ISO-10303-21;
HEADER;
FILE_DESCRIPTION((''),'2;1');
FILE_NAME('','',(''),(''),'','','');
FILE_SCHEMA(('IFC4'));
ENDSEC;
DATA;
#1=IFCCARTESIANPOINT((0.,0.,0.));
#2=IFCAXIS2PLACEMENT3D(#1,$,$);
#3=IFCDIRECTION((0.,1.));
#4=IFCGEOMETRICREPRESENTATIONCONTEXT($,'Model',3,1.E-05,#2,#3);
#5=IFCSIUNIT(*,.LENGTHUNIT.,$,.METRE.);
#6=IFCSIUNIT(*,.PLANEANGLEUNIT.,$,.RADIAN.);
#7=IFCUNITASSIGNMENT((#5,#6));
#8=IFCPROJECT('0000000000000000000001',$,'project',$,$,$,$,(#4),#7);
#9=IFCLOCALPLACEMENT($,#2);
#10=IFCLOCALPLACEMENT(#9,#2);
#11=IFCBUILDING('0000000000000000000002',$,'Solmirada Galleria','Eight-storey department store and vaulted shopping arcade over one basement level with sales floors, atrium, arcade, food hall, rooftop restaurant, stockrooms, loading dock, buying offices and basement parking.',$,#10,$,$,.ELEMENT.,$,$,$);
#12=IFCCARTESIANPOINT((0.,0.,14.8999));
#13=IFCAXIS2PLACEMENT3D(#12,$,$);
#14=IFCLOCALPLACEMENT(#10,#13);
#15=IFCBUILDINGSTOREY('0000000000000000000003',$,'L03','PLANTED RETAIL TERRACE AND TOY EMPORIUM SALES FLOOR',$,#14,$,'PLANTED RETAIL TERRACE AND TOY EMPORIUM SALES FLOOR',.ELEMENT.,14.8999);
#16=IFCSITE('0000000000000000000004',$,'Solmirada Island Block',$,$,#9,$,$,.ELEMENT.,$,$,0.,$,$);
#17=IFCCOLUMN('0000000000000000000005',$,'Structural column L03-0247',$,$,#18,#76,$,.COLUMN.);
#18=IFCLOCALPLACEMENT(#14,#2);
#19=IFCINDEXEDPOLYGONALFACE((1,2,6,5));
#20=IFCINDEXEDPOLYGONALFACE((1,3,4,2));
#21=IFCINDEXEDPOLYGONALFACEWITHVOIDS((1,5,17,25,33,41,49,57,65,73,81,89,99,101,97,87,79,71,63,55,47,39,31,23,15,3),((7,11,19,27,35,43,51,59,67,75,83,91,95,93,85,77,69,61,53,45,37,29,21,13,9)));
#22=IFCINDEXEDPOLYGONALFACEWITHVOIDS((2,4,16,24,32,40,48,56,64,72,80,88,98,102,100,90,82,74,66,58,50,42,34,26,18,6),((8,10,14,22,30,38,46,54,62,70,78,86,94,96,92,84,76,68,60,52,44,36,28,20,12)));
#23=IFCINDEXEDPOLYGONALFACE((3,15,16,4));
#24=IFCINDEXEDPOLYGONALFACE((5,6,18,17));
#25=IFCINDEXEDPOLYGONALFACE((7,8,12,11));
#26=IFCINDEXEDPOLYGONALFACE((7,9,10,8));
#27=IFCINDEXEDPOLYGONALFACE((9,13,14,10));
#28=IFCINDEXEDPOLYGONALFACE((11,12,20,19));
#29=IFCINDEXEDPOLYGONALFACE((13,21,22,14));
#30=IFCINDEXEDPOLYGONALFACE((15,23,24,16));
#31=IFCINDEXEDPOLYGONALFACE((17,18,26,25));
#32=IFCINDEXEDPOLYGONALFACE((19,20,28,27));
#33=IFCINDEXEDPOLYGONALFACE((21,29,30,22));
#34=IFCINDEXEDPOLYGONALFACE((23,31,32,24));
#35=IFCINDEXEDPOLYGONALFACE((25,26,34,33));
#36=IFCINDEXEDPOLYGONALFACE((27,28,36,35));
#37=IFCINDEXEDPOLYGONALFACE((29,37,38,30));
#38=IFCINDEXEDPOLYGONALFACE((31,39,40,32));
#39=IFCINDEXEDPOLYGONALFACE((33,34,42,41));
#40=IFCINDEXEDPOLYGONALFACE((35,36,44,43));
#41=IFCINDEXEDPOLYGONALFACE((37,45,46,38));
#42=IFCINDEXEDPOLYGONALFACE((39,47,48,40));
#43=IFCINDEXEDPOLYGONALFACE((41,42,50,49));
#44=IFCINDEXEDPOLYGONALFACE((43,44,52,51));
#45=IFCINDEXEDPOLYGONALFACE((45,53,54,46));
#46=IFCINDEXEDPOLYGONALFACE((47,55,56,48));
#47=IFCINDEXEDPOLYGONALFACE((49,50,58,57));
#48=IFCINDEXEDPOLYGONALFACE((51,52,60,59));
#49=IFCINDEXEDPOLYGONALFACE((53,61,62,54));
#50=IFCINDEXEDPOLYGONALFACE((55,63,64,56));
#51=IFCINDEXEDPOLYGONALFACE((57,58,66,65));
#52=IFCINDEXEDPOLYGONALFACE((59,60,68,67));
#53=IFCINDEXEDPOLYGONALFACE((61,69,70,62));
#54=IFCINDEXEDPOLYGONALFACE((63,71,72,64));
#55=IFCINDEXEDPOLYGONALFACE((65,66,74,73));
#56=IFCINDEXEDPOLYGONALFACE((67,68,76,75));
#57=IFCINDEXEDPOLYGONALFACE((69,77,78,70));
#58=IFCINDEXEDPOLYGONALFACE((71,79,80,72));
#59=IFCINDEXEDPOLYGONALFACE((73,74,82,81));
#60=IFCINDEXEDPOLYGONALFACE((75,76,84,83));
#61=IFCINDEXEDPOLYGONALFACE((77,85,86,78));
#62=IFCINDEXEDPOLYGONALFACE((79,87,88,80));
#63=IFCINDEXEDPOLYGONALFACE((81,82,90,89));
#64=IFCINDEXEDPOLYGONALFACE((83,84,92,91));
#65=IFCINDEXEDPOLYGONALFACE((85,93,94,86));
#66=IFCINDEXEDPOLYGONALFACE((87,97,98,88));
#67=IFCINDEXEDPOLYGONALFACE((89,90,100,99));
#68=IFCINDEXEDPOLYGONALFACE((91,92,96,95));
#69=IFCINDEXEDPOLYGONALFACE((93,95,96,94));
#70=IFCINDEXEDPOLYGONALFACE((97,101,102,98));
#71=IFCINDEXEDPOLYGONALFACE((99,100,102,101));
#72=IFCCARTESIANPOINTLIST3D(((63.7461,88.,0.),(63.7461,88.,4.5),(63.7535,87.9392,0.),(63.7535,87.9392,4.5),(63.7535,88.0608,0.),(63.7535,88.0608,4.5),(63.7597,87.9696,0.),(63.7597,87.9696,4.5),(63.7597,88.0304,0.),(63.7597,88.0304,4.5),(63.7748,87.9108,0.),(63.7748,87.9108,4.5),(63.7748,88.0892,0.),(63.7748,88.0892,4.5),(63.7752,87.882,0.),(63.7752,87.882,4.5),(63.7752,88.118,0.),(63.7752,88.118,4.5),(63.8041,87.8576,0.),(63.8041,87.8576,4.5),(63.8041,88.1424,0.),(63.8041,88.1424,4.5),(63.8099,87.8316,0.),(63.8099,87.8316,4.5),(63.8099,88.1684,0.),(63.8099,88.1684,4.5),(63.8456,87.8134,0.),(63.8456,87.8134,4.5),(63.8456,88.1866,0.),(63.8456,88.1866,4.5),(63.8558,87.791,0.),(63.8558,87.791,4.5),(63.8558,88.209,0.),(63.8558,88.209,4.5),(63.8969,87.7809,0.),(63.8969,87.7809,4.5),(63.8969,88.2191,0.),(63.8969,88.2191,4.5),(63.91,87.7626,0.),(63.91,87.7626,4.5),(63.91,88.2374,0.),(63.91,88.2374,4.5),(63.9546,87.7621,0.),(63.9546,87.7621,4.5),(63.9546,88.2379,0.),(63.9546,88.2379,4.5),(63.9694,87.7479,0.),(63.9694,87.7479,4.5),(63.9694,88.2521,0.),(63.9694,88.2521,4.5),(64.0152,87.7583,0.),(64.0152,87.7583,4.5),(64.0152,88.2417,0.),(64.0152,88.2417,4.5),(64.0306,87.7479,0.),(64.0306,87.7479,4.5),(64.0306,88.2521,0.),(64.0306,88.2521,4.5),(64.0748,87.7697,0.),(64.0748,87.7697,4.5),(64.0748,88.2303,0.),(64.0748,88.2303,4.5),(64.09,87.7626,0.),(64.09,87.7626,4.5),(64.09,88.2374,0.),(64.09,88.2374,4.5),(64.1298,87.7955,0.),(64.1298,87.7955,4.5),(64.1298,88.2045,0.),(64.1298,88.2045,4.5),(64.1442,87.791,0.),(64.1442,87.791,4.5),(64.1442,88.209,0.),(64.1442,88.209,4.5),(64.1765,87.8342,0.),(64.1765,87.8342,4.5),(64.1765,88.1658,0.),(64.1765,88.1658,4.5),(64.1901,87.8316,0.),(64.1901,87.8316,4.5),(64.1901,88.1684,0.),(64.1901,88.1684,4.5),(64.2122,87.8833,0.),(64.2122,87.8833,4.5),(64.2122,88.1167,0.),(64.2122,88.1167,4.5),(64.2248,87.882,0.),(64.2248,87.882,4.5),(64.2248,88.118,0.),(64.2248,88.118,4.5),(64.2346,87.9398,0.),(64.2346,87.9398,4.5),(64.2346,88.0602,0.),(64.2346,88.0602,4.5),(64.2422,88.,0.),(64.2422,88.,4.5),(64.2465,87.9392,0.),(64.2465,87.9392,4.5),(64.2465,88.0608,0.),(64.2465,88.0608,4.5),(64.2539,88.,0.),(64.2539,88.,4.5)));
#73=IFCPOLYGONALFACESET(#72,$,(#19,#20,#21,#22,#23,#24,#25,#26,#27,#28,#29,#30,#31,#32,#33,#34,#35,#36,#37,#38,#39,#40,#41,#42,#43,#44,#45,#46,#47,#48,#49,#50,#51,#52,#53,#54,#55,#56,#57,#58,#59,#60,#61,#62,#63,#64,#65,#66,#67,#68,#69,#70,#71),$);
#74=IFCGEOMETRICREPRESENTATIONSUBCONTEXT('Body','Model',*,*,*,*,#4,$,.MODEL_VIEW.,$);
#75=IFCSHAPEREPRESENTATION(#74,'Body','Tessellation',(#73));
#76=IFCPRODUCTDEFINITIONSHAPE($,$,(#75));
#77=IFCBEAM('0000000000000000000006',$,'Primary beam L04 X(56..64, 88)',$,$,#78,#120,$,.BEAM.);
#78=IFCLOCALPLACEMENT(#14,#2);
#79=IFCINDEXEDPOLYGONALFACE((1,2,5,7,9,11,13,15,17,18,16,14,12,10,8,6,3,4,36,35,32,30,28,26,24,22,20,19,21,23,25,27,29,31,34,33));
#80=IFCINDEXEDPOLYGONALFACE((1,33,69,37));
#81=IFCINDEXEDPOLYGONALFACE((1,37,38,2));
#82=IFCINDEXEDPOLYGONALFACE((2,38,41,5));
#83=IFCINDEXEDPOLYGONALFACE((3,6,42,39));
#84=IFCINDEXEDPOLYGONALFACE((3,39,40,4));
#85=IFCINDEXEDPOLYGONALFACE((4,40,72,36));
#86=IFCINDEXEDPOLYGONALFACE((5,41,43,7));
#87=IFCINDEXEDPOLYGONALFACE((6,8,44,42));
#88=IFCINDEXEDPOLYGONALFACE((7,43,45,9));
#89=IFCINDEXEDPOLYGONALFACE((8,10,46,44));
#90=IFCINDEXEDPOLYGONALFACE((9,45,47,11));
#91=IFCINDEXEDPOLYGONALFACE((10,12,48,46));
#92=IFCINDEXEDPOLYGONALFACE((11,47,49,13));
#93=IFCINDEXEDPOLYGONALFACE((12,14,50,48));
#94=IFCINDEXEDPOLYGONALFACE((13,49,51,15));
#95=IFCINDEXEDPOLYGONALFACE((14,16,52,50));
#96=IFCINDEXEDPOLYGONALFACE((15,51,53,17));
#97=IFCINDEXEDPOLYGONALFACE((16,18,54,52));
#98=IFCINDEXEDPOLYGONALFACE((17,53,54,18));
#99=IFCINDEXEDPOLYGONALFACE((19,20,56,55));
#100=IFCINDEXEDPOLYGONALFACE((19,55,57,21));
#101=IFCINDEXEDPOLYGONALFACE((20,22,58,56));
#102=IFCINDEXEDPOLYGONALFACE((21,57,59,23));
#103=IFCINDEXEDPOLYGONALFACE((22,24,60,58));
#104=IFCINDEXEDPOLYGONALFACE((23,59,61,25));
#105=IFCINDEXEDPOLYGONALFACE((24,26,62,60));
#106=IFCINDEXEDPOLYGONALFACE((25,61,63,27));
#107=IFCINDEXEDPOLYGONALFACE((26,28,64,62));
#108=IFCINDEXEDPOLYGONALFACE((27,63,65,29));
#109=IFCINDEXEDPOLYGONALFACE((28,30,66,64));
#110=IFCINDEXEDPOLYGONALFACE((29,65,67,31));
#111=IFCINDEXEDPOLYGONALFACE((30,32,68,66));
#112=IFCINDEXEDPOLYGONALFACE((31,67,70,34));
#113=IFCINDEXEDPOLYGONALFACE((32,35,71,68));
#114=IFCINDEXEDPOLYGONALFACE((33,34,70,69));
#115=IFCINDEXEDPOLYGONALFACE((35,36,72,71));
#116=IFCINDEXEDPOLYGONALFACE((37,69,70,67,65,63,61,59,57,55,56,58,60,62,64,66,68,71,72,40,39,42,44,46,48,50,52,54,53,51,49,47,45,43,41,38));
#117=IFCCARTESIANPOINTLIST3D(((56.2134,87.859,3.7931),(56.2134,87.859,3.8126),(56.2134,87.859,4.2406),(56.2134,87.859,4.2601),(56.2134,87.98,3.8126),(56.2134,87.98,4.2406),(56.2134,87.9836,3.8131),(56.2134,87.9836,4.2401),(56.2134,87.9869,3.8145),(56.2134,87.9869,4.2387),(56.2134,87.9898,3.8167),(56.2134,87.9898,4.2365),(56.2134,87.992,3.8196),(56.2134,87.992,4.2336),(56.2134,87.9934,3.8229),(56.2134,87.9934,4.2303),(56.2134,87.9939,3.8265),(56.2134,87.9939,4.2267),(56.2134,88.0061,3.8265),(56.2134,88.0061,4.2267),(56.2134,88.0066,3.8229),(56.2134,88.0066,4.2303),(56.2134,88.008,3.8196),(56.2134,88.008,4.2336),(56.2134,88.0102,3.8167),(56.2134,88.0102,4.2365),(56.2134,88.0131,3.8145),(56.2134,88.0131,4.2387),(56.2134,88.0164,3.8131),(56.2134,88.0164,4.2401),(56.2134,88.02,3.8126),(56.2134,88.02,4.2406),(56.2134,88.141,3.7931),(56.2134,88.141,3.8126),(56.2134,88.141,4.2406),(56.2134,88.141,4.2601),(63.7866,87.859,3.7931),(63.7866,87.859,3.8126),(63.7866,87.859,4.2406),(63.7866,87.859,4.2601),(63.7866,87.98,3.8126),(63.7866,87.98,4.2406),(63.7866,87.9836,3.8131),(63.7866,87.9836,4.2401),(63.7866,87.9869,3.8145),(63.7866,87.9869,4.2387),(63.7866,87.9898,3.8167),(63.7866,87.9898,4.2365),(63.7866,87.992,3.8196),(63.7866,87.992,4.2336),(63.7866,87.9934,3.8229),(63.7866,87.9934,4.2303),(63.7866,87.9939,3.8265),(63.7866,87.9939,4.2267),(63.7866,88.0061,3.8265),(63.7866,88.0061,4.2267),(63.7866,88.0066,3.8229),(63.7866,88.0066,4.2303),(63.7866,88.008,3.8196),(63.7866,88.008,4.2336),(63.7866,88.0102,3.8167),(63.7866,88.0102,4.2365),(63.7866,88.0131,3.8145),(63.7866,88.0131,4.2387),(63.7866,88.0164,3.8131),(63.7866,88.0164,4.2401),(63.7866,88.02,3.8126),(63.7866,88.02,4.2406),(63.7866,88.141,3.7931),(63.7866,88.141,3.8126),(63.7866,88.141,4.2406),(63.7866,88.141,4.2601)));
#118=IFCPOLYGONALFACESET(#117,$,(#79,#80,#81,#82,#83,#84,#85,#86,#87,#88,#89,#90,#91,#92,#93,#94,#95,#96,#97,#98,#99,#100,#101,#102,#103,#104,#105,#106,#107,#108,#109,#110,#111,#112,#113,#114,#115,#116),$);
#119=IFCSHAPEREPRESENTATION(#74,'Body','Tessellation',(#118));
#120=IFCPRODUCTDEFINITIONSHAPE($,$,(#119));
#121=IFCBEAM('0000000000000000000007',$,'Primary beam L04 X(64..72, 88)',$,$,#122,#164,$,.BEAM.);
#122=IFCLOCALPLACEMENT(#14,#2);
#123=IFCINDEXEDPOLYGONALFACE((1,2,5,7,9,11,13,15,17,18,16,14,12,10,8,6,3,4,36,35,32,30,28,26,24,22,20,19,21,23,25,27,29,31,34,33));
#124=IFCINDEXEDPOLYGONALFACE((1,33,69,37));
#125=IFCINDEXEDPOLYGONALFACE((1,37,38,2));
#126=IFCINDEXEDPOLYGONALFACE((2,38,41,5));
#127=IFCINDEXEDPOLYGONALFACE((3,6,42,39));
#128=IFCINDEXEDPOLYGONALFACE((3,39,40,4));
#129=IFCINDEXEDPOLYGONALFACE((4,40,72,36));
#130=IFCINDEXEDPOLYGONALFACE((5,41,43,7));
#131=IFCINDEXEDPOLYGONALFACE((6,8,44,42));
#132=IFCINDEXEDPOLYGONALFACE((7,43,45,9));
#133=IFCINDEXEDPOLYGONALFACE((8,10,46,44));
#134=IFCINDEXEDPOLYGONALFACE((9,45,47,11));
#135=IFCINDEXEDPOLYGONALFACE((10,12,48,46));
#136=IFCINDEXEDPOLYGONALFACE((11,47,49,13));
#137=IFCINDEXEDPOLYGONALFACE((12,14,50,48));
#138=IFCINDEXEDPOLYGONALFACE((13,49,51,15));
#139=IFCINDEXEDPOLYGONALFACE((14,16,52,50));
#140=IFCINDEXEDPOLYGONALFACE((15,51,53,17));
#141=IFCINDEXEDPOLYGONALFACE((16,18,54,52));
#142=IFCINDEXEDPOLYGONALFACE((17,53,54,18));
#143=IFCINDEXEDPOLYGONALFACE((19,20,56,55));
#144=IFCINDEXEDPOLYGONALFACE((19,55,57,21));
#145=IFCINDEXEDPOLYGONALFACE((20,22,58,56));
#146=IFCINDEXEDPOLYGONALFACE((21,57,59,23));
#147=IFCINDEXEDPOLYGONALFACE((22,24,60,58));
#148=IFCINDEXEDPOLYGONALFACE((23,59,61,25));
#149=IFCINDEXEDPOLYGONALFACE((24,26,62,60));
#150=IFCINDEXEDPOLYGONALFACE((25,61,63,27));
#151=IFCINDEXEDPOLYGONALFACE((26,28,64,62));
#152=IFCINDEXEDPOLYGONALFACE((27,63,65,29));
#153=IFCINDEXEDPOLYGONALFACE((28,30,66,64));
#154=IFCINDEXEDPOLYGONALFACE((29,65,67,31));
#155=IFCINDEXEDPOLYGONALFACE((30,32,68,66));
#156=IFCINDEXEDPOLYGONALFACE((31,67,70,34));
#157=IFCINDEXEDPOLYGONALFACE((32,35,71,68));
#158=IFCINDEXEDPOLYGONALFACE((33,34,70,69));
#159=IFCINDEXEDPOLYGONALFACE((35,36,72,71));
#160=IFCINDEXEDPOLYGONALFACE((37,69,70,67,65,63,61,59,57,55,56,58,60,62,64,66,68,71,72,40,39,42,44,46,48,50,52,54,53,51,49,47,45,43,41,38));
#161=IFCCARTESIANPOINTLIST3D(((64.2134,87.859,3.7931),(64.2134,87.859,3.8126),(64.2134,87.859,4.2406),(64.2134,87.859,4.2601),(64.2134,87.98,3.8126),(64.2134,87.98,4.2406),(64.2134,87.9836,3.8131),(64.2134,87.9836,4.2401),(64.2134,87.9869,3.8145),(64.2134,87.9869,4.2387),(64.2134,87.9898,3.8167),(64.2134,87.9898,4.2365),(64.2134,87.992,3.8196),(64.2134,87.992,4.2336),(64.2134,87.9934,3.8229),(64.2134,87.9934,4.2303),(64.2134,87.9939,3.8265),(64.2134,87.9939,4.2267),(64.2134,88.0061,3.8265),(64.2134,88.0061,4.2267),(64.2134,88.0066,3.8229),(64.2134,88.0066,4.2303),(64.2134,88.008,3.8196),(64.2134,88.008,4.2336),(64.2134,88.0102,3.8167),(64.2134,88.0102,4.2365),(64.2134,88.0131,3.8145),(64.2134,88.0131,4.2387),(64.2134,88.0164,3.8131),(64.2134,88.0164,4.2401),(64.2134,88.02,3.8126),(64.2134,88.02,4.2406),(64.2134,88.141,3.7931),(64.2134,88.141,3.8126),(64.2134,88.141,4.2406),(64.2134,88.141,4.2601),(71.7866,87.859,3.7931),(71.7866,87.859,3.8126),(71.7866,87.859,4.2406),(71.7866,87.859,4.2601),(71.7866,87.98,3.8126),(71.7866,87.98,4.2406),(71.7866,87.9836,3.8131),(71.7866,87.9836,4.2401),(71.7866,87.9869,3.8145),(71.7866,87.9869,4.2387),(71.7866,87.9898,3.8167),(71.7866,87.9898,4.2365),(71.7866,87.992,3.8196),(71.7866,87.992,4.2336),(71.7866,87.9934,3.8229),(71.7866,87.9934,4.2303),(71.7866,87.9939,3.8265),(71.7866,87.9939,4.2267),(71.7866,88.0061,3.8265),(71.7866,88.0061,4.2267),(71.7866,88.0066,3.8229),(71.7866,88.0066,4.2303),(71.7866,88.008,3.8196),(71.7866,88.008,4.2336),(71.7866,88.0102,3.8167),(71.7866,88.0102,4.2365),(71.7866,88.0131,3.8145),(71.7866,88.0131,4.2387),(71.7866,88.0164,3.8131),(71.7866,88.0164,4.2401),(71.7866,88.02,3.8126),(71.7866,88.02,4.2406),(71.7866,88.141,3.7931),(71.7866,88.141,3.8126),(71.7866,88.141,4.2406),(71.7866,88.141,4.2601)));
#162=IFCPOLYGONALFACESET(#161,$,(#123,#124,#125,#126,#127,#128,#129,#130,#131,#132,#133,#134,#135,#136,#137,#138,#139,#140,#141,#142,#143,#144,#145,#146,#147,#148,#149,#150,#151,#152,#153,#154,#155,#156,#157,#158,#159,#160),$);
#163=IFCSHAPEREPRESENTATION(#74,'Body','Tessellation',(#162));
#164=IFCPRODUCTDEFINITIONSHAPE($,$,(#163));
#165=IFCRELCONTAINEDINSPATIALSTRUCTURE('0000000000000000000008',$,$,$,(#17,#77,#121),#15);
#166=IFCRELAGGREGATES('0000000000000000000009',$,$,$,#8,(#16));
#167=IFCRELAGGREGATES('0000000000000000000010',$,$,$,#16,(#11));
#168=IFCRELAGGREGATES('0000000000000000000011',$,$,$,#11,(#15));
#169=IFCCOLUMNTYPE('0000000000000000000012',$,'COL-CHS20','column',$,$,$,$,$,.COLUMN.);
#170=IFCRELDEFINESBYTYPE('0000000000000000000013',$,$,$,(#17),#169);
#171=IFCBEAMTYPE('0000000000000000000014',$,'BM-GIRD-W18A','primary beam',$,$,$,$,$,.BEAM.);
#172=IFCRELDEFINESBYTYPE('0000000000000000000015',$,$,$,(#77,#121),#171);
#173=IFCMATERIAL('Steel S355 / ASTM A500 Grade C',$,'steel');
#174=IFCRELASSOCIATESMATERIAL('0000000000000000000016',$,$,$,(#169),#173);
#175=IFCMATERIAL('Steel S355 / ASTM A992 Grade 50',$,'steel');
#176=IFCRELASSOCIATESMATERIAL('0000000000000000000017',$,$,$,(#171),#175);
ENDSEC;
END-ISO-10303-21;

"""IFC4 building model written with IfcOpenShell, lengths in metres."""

from ifc_helpers import new_model, si_unit, direction, frame, origin, origin_2d, place, context, subcontext, project, spatial, hollow_circle, i_section, extrude, material, material_profile, profile_set, type_object, element, save


model = new_model("IFC4")

# Units and contexts
model_context = context("Model", 3, precision=1e-05, world=origin(), true_north=direction((0.0, 1.0)))
body_context = subcontext(model_context, "Body", "Model", "MODEL_VIEW")
ifc_project = project(units=[si_unit("LENGTHUNIT", "METRE"), si_unit("PLANEANGLEUNIT", "RADIAN")], contexts=[model_context])

# Site, building, storey
site_placement = place(None, origin())
site = spatial("IfcSite", under=ifc_project, at=site_placement, Name="Solmirada Island Block", CompositionType="ELEMENT", RefElevation=0.0)
building_placement = place(site_placement, origin())
building = spatial("IfcBuilding", under=site, at=building_placement, Name="Solmirada Galleria", Description="Eight-storey department store and vaulted shopping arcade over one basement level with sales floors, atrium, arcade, food hall, rooftop restaurant, stockrooms, loading dock, buying offices and basement parking.", CompositionType="ELEMENT")
storey_placement = place(building_placement, frame((0.0, 0.0, 14.8999)))
storey = spatial("IfcBuildingStorey", under=building, at=storey_placement, Name="L03", Description="PLANTED RETAIL TERRACE AND TOY EMPORIUM SALES FLOOR", LongName="PLANTED RETAIL TERRACE AND TOY EMPORIUM SALES FLOOR", CompositionType="ELEMENT", Elevation=14.8999)

# Column
ifc_material_1 = material(Name="Steel S355 / ASTM A500 Grade C", Category="steel")
ifc_material_profile_1 = material_profile(ifc_material_1, hollow_circle(Radius=0.2539, WallThickness=0.0117, at=origin_2d()), Name="HSS20.000X0.500")
ifc_profile_set_1 = profile_set([ifc_material_profile_1], Name="Steel S355 / ASTM A500 Grade C")
column_type = type_object("IfcColumnType", Name="COL-CHS20", Description="column", PredefinedType="COLUMN", material=ifc_profile_set_1)
column_placement = place(storey_placement, frame((64.0, 88.0, 0.0), z_axis=(0.0, 0.0, 1.0), x_axis=(1.0, 0.0, 0.0)))
element("IfcColumn", 1, at=column_placement, inside=storey, type_object=column_type, Name="Structural column L03-0247", PredefinedType="COLUMN", context=body_context, shape_type="SweptSolid", body=[
    extrude(hollow_circle(Radius=0.2539, WallThickness=0.0117, at=origin_2d()), origin(), (0.0, 0.0, 1.0), 4.5),
])

# Beams
ifc_material_2 = material(Name="Steel S355 / ASTM A992 Grade 50", Category="steel")
ifc_material_profile_2 = material_profile(ifc_material_2, i_section(OverallWidth=0.282, OverallDepth=0.467, WebThickness=0.0122, FlangeThickness=0.0195, FilletRadius=0.0139, at=origin_2d()), Name="W18X86")
ifc_profile_set_2 = profile_set([ifc_material_profile_2], Name="Steel S355 / ASTM A992 Grade 50")
beam_type_1 = type_object("IfcBeamType", Name="BM-GIRD-W18A", Description="primary beam", PredefinedType="BEAM", material=ifc_profile_set_2)
for number, where, z_axis, x_axis, name in (
    (2, (56.2134, 88.0, 4.0266), (1.0, 0.0, 0.0), (0.0, 1.0, 0.0), "Primary beam L04 X(56..64, 88)"),
    (3, (64.2134, 88.0, 4.0266), (1.0, 0.0, 0.0), (0.0, 1.0, 0.0), "Primary beam L04 X(64..72, 88)"),
):
    element("IfcBeam", number, at=place(storey_placement, frame(where, z_axis=z_axis, x_axis=x_axis)), inside=storey, type_object=beam_type_1, Name=name, PredefinedType="BEAM", context=body_context, shape_type="SweptSolid", body=[
        extrude(i_section(OverallWidth=0.282, OverallDepth=0.467, WebThickness=0.0122, FlangeThickness=0.0195, FilletRadius=0.0139, at=origin_2d()), origin(), (0.0, 0.0, 1.0), 7.5732),
    ])

save(model, "model.ifc")
